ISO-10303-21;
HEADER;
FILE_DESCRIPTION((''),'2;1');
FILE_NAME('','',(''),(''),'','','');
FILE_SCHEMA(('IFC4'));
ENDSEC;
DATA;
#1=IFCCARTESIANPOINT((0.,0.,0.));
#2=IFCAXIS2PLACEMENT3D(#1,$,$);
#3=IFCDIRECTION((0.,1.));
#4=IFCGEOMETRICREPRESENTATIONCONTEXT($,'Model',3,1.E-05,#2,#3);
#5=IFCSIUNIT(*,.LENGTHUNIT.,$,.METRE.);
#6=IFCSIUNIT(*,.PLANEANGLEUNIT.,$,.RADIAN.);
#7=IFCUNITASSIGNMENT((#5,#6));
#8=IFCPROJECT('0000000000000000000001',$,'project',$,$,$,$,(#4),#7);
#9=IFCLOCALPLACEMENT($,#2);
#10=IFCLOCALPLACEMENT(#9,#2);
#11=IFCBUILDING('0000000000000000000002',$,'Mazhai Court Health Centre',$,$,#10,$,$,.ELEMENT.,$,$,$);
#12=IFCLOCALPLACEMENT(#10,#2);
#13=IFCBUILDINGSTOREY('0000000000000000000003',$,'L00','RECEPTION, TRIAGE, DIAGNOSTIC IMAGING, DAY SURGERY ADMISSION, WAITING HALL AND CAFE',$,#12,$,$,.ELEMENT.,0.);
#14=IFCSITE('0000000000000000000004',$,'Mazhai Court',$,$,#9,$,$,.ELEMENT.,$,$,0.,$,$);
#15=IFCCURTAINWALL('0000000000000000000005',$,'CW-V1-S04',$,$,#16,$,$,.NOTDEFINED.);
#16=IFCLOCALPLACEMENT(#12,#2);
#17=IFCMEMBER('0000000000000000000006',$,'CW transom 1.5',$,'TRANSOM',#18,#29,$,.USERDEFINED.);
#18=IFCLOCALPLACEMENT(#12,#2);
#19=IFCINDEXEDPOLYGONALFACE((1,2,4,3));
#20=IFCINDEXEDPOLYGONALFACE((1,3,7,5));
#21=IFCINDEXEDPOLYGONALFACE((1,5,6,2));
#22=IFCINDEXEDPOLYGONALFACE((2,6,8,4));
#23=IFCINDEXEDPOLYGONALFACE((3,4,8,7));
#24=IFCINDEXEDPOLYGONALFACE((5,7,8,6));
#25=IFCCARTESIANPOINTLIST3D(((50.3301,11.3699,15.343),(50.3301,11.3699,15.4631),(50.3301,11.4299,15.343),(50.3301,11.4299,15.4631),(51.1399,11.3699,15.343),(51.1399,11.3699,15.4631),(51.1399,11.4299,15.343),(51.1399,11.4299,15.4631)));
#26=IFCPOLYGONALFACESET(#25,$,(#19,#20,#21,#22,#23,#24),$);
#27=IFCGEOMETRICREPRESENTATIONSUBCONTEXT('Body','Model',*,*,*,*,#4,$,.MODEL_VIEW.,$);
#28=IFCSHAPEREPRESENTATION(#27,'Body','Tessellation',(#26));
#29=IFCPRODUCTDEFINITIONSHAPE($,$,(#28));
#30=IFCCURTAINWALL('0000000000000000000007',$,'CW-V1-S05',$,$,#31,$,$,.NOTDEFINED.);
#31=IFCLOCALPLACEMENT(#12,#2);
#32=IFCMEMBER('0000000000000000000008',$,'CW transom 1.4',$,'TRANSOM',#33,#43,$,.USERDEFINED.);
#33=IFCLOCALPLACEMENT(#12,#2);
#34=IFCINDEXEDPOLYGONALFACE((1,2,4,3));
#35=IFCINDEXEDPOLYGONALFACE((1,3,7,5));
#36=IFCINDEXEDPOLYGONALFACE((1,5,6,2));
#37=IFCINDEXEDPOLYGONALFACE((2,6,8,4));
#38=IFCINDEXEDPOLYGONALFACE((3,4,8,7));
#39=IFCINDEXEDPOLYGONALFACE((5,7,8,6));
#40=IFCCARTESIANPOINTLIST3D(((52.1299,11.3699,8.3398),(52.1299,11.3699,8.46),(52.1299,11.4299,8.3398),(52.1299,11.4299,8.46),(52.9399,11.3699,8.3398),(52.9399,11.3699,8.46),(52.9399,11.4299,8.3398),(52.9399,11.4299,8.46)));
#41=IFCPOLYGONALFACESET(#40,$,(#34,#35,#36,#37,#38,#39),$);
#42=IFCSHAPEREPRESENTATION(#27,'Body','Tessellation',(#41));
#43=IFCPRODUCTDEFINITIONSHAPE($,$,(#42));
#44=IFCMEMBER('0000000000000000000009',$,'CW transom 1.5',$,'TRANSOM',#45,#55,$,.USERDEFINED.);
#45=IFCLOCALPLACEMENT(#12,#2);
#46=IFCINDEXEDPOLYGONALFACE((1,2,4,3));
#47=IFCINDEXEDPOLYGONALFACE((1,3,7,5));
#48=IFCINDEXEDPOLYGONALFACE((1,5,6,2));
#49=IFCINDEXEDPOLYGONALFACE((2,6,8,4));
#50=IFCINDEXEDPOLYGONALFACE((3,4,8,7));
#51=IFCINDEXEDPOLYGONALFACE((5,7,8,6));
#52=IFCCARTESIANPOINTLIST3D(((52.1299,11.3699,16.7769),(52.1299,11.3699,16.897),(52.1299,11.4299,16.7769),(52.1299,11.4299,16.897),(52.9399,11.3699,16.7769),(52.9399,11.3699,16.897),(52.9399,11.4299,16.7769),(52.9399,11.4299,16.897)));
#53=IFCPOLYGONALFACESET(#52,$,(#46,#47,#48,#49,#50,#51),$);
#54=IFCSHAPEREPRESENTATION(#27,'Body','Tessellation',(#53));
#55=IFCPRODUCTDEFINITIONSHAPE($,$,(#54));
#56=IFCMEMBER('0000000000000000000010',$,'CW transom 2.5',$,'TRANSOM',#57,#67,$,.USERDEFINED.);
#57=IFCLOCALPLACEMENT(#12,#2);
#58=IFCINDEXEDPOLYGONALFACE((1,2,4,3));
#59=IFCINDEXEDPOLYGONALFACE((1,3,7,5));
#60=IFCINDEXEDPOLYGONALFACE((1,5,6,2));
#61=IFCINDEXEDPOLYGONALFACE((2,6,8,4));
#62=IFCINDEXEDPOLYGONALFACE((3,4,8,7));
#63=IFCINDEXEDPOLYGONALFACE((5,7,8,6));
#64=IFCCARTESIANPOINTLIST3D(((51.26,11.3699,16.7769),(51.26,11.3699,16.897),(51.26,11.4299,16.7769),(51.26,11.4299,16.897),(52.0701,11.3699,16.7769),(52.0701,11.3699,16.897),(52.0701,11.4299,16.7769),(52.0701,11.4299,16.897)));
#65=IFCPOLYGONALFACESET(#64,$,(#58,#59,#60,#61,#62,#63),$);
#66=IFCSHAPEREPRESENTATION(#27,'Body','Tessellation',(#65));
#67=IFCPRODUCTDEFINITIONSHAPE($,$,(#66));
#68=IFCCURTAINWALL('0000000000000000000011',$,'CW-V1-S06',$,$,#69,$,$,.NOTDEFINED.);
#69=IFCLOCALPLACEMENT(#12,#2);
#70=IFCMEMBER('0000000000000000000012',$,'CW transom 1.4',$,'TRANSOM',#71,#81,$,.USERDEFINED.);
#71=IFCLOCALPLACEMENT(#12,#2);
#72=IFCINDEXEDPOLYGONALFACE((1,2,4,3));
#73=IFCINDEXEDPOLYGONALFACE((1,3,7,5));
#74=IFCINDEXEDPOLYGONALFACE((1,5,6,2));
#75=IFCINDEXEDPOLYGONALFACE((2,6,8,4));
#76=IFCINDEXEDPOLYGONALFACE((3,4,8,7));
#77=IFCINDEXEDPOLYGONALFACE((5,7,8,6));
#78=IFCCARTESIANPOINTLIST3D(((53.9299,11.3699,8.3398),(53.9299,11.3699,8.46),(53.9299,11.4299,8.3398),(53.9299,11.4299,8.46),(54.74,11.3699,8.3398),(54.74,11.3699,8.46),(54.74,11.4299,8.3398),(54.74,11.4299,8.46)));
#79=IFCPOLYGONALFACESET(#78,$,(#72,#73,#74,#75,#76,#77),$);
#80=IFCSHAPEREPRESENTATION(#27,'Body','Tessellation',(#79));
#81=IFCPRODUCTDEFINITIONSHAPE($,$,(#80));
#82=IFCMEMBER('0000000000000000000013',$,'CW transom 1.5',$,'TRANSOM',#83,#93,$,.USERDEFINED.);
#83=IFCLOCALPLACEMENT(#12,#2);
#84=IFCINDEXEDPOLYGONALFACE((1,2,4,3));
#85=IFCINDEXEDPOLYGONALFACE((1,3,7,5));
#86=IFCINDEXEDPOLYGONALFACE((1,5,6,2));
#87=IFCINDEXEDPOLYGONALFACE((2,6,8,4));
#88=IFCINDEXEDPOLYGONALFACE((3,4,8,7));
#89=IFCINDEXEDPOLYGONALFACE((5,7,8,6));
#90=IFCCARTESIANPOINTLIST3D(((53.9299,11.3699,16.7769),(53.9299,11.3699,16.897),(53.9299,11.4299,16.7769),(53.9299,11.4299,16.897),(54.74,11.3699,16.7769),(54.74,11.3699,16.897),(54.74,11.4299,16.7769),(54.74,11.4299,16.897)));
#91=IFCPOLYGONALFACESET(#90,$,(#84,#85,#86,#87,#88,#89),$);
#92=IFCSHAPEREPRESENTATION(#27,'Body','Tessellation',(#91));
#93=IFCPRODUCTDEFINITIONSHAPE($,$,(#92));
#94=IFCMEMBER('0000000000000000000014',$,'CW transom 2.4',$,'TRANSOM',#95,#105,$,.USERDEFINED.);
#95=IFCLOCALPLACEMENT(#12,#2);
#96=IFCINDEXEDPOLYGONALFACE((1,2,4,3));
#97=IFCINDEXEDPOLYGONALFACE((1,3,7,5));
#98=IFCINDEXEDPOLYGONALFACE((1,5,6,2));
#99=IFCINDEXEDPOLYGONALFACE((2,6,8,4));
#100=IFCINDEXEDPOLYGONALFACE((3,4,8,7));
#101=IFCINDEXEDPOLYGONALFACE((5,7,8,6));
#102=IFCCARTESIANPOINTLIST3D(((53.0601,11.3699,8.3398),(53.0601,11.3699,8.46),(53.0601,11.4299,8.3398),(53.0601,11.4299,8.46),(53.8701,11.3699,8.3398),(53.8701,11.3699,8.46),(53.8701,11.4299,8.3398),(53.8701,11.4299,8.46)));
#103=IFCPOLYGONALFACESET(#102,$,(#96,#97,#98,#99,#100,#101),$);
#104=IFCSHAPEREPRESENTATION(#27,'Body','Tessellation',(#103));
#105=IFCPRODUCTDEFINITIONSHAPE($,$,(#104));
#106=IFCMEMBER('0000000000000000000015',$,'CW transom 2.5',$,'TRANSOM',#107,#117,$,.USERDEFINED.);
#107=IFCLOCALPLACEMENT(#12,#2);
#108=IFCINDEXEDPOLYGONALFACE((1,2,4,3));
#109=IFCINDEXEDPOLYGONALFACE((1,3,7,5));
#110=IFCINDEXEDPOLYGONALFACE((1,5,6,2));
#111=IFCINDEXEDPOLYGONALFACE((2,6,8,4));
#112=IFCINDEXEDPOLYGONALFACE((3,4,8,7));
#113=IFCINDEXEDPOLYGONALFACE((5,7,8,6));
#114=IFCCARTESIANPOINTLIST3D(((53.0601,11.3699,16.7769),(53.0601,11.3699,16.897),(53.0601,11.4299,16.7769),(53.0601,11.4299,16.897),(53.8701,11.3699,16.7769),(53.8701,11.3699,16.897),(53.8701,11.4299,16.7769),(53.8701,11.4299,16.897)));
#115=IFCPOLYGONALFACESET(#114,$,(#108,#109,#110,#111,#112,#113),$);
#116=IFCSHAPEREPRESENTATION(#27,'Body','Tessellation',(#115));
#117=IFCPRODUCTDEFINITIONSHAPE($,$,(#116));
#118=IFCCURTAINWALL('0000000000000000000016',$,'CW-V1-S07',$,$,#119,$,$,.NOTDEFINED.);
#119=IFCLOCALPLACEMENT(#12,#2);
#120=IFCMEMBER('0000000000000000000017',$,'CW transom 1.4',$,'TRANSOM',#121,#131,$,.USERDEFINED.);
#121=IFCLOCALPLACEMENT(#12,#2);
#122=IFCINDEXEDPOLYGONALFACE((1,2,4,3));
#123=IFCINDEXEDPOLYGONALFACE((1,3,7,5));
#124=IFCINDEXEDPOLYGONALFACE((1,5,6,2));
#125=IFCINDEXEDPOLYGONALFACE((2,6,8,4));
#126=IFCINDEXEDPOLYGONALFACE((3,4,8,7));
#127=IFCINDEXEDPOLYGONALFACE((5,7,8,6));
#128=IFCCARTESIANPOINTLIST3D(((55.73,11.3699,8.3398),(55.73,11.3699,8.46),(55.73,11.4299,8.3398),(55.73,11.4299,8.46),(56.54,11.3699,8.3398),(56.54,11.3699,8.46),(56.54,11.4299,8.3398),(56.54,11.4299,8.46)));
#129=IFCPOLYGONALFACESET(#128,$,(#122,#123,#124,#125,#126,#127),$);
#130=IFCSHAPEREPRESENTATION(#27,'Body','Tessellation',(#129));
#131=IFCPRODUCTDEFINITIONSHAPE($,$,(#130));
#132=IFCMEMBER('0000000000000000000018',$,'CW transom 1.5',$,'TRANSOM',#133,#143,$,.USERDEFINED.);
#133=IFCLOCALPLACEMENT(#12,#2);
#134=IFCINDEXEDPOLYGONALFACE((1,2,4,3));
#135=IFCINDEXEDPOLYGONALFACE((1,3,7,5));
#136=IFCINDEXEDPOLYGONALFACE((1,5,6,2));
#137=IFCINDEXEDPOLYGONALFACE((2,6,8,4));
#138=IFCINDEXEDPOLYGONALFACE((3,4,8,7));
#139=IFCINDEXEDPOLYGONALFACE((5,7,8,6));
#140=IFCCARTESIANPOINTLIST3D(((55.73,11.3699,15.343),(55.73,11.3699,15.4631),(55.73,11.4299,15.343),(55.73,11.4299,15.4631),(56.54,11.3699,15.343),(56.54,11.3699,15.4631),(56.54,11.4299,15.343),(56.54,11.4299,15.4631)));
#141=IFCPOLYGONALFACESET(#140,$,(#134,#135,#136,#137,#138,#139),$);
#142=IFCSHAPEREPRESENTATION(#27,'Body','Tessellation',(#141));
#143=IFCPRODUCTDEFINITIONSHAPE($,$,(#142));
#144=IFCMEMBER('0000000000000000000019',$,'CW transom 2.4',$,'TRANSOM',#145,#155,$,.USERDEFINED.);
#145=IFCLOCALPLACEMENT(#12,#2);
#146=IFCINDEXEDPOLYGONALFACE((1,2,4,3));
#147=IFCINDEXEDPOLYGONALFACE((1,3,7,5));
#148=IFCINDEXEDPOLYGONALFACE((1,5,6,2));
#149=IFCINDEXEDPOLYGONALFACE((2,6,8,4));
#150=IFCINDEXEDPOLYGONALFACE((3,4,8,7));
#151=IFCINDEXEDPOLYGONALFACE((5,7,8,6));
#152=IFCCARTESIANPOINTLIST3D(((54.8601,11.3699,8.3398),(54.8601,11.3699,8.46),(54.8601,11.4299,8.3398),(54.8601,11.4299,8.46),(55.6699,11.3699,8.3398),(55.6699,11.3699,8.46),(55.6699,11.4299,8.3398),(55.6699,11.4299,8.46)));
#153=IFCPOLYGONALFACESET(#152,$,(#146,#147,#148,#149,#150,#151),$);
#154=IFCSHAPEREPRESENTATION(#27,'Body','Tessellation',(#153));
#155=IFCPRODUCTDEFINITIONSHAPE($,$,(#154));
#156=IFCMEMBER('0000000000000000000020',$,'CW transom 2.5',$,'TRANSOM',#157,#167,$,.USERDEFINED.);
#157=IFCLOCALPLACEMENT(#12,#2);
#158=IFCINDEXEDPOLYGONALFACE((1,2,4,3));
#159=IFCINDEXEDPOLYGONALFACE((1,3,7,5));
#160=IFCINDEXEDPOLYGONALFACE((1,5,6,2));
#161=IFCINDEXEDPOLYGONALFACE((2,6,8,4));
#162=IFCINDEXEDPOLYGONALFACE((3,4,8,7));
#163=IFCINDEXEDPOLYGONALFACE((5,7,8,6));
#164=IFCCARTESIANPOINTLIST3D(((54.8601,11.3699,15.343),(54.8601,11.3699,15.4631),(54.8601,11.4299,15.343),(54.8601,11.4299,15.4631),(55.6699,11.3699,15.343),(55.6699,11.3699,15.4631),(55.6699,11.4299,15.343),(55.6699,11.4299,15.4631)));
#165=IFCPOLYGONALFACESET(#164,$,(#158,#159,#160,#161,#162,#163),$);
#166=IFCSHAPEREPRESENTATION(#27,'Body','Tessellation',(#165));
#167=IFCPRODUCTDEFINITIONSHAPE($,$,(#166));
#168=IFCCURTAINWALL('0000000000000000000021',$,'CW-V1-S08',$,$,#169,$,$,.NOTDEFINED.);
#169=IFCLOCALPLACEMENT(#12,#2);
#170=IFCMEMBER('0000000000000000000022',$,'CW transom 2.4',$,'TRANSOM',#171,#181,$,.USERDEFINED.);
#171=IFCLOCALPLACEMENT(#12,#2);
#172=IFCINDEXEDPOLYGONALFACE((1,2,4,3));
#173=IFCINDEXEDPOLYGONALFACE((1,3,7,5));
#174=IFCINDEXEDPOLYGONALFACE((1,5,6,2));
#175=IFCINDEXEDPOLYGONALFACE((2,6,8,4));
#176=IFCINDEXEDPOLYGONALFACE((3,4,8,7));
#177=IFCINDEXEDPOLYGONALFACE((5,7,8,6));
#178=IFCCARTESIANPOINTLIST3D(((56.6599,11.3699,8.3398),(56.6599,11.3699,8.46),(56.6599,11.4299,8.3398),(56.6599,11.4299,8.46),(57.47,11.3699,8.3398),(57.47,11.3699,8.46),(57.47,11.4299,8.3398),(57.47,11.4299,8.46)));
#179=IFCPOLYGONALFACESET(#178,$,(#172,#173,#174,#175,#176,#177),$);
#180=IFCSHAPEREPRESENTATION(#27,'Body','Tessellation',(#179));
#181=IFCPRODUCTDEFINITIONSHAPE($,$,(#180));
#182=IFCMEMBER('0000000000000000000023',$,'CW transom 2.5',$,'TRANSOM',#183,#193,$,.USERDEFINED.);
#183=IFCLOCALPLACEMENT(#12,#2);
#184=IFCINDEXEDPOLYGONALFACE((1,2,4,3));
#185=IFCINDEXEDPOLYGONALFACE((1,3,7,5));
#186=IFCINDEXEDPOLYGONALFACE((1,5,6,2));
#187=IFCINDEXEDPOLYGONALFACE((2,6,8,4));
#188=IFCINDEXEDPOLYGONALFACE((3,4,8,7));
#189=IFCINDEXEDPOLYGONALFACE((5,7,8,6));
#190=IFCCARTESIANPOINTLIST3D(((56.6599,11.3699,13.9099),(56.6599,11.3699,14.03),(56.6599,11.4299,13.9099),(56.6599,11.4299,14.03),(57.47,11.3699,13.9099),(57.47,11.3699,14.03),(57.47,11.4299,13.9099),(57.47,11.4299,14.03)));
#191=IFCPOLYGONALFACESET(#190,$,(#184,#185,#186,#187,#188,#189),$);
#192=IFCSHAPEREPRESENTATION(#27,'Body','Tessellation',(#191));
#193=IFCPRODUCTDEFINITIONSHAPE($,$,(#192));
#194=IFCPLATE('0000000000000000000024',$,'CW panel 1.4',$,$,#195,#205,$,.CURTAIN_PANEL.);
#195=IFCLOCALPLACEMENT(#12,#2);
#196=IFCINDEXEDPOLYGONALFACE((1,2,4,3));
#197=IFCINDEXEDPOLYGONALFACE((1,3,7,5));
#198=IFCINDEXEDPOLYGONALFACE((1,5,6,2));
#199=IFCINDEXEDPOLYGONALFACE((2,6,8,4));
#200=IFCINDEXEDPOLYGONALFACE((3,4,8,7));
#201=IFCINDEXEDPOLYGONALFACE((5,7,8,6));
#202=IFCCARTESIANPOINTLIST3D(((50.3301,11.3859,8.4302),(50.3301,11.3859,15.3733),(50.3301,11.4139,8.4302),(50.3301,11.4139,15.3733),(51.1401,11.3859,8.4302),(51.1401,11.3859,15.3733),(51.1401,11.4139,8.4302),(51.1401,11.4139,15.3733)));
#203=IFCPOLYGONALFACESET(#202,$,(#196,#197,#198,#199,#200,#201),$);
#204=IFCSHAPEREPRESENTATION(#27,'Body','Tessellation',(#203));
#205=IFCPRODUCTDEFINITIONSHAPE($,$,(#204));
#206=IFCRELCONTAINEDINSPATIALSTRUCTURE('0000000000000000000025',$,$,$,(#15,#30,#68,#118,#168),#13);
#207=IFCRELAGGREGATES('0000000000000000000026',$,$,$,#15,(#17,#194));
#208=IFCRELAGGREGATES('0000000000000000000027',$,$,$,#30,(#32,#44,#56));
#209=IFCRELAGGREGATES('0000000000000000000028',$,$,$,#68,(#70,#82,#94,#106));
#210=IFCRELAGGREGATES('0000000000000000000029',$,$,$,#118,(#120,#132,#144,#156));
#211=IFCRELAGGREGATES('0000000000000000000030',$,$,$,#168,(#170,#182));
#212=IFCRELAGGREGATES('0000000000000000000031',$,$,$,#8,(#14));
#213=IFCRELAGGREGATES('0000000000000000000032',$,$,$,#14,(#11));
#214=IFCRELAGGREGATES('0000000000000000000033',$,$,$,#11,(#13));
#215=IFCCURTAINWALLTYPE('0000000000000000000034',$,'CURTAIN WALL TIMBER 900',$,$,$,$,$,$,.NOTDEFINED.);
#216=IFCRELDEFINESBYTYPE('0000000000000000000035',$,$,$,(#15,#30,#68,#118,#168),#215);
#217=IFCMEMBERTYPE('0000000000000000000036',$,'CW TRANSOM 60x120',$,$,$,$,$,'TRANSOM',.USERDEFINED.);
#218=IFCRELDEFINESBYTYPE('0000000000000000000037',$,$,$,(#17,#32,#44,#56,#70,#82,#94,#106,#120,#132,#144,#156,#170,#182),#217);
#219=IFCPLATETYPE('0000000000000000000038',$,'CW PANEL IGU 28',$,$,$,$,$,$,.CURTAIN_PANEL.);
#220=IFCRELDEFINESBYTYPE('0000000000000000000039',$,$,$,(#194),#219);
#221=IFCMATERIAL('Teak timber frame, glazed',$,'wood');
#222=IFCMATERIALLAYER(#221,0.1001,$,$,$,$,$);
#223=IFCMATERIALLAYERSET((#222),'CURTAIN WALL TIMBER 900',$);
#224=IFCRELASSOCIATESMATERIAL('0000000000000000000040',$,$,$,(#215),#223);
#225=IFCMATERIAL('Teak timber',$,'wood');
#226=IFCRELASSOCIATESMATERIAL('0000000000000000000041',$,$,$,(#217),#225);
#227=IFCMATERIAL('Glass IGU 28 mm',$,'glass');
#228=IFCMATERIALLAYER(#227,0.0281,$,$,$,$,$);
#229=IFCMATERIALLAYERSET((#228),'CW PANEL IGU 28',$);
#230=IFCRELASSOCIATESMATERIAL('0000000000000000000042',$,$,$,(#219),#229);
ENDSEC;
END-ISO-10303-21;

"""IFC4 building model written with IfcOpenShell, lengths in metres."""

from ifc_helpers import new_model, si_unit, direction, frame, origin, origin_2d, place, context, subcontext, project, spatial, rectangle, extrude, material, layer, layer_set, material_profile, profile_set, type_object, element, aggregate, save


model = new_model("IFC4")

# Units and contexts
model_context = context("Model", 3, precision=1e-05, world=origin(), true_north=direction((0.0, 1.0)))
body_context = subcontext(model_context, "Body", "Model", "MODEL_VIEW")
ifc_project = project(units=[si_unit("LENGTHUNIT", "METRE"), si_unit("PLANEANGLEUNIT", "RADIAN")], contexts=[model_context])

# Site, building, storey
site_placement = place(None, origin())
site = spatial("IfcSite", under=ifc_project, at=site_placement, Name="Mazhai Court", CompositionType="ELEMENT", RefElevation=0.0)
building_placement = place(site_placement, origin())
building = spatial("IfcBuilding", under=site, at=building_placement, Name="Mazhai Court Health Centre", CompositionType="ELEMENT")
storey_placement = place(building_placement, origin())
storey = spatial("IfcBuildingStorey", under=building, at=storey_placement, Name="L00", Description="RECEPTION, TRIAGE, DIAGNOSTIC IMAGING, DAY SURGERY ADMISSION, WAITING HALL AND CAFE", CompositionType="ELEMENT", Elevation=0.0)

# Curtain wall, member
ifc_material_1 = material(Name="Teak timber frame, glazed", Category="wood")
ifc_layer_1 = layer(ifc_material_1, 0.1001)
ifc_layer_set_1 = layer_set([ifc_layer_1], Name="CURTAIN WALL TIMBER 900")
curtain_wall_type = type_object("IfcCurtainWallType", Name="CURTAIN WALL TIMBER 900", PredefinedType="NOTDEFINED", material=ifc_layer_set_1)
curtain_wall_1_placement = place(storey_placement, origin())
curtain_wall_1 = element("IfcCurtainWall", 1, at=curtain_wall_1_placement, inside=storey, type_object=curtain_wall_type, Name="CW-V1-S04", PredefinedType="NOTDEFINED")
ifc_material_2 = material(Name="Teak timber", Category="wood")
ifc_material_profile = material_profile(ifc_material_2, rectangle(XDim=0.0601, YDim=0.1201, at=origin_2d()), Name="CW TRANSOM 60x120")
ifc_profile_set = profile_set([ifc_material_profile], Name="Teak timber")
member_type = type_object("IfcMemberType", Name="CW TRANSOM 60x120", ElementType="TRANSOM", PredefinedType="USERDEFINED", material=ifc_profile_set)
member_1_placement = place(storey_placement, frame((51.1399, 11.3999, 15.4031), z_axis=(-1.0, 0.0, 0.0), x_axis=(0.0, -1.0, 0.0)))
member_1 = element("IfcMember", 2, at=member_1_placement, type_object=member_type, Name="CW transom 1.5", ObjectType="TRANSOM", PredefinedType="USERDEFINED", context=body_context, shape_type="SweptSolid", body=[
    extrude(rectangle(XDim=0.0601, YDim=0.1201, at=origin_2d()), origin(), (0.0, 0.0, 1.0), 0.8098),
])

# Curtain walls, members
curtain_wall_2_placement = place(storey_placement, origin())
curtain_wall_2 = element("IfcCurtainWall", 3, at=curtain_wall_2_placement, inside=storey, type_object=curtain_wall_type, Name="CW-V1-S05", PredefinedType="NOTDEFINED")
member_2_placement = place(storey_placement, frame((52.9399, 11.3999, 8.3999), z_axis=(-1.0, 0.0, 0.0), x_axis=(0.0, -1.0, 0.0)))
member_2 = element("IfcMember", 4, at=member_2_placement, type_object=member_type, Name="CW transom 1.4", ObjectType="TRANSOM", PredefinedType="USERDEFINED", context=body_context, shape_type="SweptSolid", body=[
    extrude(rectangle(XDim=0.0601, YDim=0.1201, at=origin_2d()), origin(), (0.0, 0.0, 1.0), 0.8101),
])
member_3_placement = place(storey_placement, frame((52.9399, 11.3999, 16.8369), z_axis=(-1.0, 0.0, 0.0), x_axis=(0.0, -1.0, 0.0)))
member_3 = element("IfcMember", 5, at=member_3_placement, type_object=member_type, Name="CW transom 1.5", ObjectType="TRANSOM", PredefinedType="USERDEFINED", context=body_context, shape_type="SweptSolid", body=[
    extrude(rectangle(XDim=0.0601, YDim=0.1201, at=origin_2d()), origin(), (0.0, 0.0, 1.0), 0.8101),
])
member_4_placement = place(storey_placement, frame((52.0701, 11.3999, 16.8369), z_axis=(-1.0, 0.0, 0.0), x_axis=(0.0, -1.0, 0.0)))
member_4 = element("IfcMember", 6, at=member_4_placement, type_object=member_type, Name="CW transom 2.5", ObjectType="TRANSOM", PredefinedType="USERDEFINED", context=body_context, shape_type="SweptSolid", body=[
    extrude(rectangle(XDim=0.0601, YDim=0.1201, at=origin_2d()), origin(), (0.0, 0.0, 1.0), 0.8101),
])
curtain_wall_3_placement = place(storey_placement, origin())
curtain_wall_3 = element("IfcCurtainWall", 7, at=curtain_wall_3_placement, inside=storey, type_object=curtain_wall_type, Name="CW-V1-S06", PredefinedType="NOTDEFINED")
member_5_placement = place(storey_placement, frame((54.74, 11.3999, 8.3999), z_axis=(-1.0, 0.0, 0.0), x_axis=(0.0, -1.0, 0.0)))
member_5 = element("IfcMember", 8, at=member_5_placement, type_object=member_type, Name="CW transom 1.4", ObjectType="TRANSOM", PredefinedType="USERDEFINED", context=body_context, shape_type="SweptSolid", body=[
    extrude(rectangle(XDim=0.0601, YDim=0.1201, at=origin_2d()), origin(), (0.0, 0.0, 1.0), 0.8101),
])
member_6_placement = place(storey_placement, frame((54.74, 11.3999, 16.8369), z_axis=(-1.0, 0.0, 0.0), x_axis=(0.0, -1.0, 0.0)))
member_6 = element("IfcMember", 9, at=member_6_placement, type_object=member_type, Name="CW transom 1.5", ObjectType="TRANSOM", PredefinedType="USERDEFINED", context=body_context, shape_type="SweptSolid", body=[
    extrude(rectangle(XDim=0.0601, YDim=0.1201, at=origin_2d()), origin(), (0.0, 0.0, 1.0), 0.8101),
])
member_7_placement = place(storey_placement, frame((53.8701, 11.3999, 8.3999), z_axis=(-1.0, 0.0, 0.0), x_axis=(0.0, -1.0, 0.0)))
member_7 = element("IfcMember", 10, at=member_7_placement, type_object=member_type, Name="CW transom 2.4", ObjectType="TRANSOM", PredefinedType="USERDEFINED", context=body_context, shape_type="SweptSolid", body=[
    extrude(rectangle(XDim=0.0601, YDim=0.1201, at=origin_2d()), origin(), (0.0, 0.0, 1.0), 0.8101),
])
member_8_placement = place(storey_placement, frame((53.8701, 11.3999, 16.8369), z_axis=(-1.0, 0.0, 0.0), x_axis=(0.0, -1.0, 0.0)))
member_8 = element("IfcMember", 11, at=member_8_placement, type_object=member_type, Name="CW transom 2.5", ObjectType="TRANSOM", PredefinedType="USERDEFINED", context=body_context, shape_type="SweptSolid", body=[
    extrude(rectangle(XDim=0.0601, YDim=0.1201, at=origin_2d()), origin(), (0.0, 0.0, 1.0), 0.8101),
])
curtain_wall_4_placement = place(storey_placement, origin())
curtain_wall_4 = element("IfcCurtainWall", 12, at=curtain_wall_4_placement, inside=storey, type_object=curtain_wall_type, Name="CW-V1-S07", PredefinedType="NOTDEFINED")
member_9_placement = place(storey_placement, frame((56.54, 11.3999, 8.3999), z_axis=(-1.0, 0.0, 0.0), x_axis=(0.0, -1.0, 0.0)))
member_9 = element("IfcMember", 13, at=member_9_placement, type_object=member_type, Name="CW transom 1.4", ObjectType="TRANSOM", PredefinedType="USERDEFINED", context=body_context, shape_type="SweptSolid", body=[
    extrude(rectangle(XDim=0.0601, YDim=0.1201, at=origin_2d()), origin(), (0.0, 0.0, 1.0), 0.8101),
])
member_10_placement = place(storey_placement, frame((56.54, 11.3999, 15.4031), z_axis=(-1.0, 0.0, 0.0), x_axis=(0.0, -1.0, 0.0)))
member_10 = element("IfcMember", 14, at=member_10_placement, type_object=member_type, Name="CW transom 1.5", ObjectType="TRANSOM", PredefinedType="USERDEFINED", context=body_context, shape_type="SweptSolid", body=[
    extrude(rectangle(XDim=0.0601, YDim=0.1201, at=origin_2d()), origin(), (0.0, 0.0, 1.0), 0.8101),
])
member_11_placement = place(storey_placement, frame((55.6699, 11.3999, 8.3999), z_axis=(-1.0, 0.0, 0.0), x_axis=(0.0, -1.0, 0.0)))
member_11 = element("IfcMember", 15, at=member_11_placement, type_object=member_type, Name="CW transom 2.4", ObjectType="TRANSOM", PredefinedType="USERDEFINED", context=body_context, shape_type="SweptSolid", body=[
    extrude(rectangle(XDim=0.0601, YDim=0.1201, at=origin_2d()), origin(), (0.0, 0.0, 1.0), 0.8098),
])
member_12_placement = place(storey_placement, frame((55.6699, 11.3999, 15.4031), z_axis=(-1.0, 0.0, 0.0), x_axis=(0.0, -1.0, 0.0)))
member_12 = element("IfcMember", 16, at=member_12_placement, type_object=member_type, Name="CW transom 2.5", ObjectType="TRANSOM", PredefinedType="USERDEFINED", context=body_context, shape_type="SweptSolid", body=[
    extrude(rectangle(XDim=0.0601, YDim=0.1201, at=origin_2d()), origin(), (0.0, 0.0, 1.0), 0.8098),
])
curtain_wall_5_placement = place(storey_placement, origin())
curtain_wall_5 = element("IfcCurtainWall", 17, at=curtain_wall_5_placement, inside=storey, type_object=curtain_wall_type, Name="CW-V1-S08", PredefinedType="NOTDEFINED")
member_13_placement = place(storey_placement, frame((57.47, 11.3999, 8.3999), z_axis=(-1.0, 0.0, 0.0), x_axis=(0.0, -1.0, 0.0)))
member_13 = element("IfcMember", 18, at=member_13_placement, type_object=member_type, Name="CW transom 2.4", ObjectType="TRANSOM", PredefinedType="USERDEFINED", context=body_context, shape_type="SweptSolid", body=[
    extrude(rectangle(XDim=0.0601, YDim=0.1201, at=origin_2d()), origin(), (0.0, 0.0, 1.0), 0.8101),
])
member_14_placement = place(storey_placement, frame((57.47, 11.3999, 13.97), z_axis=(-1.0, 0.0, 0.0), x_axis=(0.0, -1.0, 0.0)))
member_14 = element("IfcMember", 19, at=member_14_placement, type_object=member_type, Name="CW transom 2.5", ObjectType="TRANSOM", PredefinedType="USERDEFINED", context=body_context, shape_type="SweptSolid", body=[
    extrude(rectangle(XDim=0.0601, YDim=0.1201, at=origin_2d()), origin(), (0.0, 0.0, 1.0), 0.8101),
])

# Plate
ifc_material_3 = material(Name="Glass IGU 28 mm", Category="glass")
ifc_layer_2 = layer(ifc_material_3, 0.0281)
ifc_layer_set_2 = layer_set([ifc_layer_2], Name="CW PANEL IGU 28")
plate_type = type_object("IfcPlateType", Name="CW PANEL IGU 28", PredefinedType="CURTAIN_PANEL", material=ifc_layer_set_2)
plate_1_placement = place(storey_placement, frame((50.7351, 11.3999, 8.4302), z_axis=(0.0, 0.0, 1.0), x_axis=(-1.0, 0.0, 0.0)))
plate_1 = element("IfcPlate", 20, at=plate_1_placement, type_object=plate_type, Name="CW panel 1.4", PredefinedType="CURTAIN_PANEL", context=body_context, shape_type="SweptSolid", body=[
    extrude(rectangle(XDim=0.8101, YDim=0.0281, at=origin_2d()), origin(), (0.0, 0.0, 1.0), 6.9431),
])
aggregate(curtain_wall_1, [member_1, plate_1])
aggregate(curtain_wall_2, [member_2, member_3, member_4])
aggregate(curtain_wall_3, [member_5, member_6, member_7, member_8])
aggregate(curtain_wall_4, [member_9, member_10, member_11, member_12])
aggregate(curtain_wall_5, [member_13, member_14])

save(model, "model.ifc")
